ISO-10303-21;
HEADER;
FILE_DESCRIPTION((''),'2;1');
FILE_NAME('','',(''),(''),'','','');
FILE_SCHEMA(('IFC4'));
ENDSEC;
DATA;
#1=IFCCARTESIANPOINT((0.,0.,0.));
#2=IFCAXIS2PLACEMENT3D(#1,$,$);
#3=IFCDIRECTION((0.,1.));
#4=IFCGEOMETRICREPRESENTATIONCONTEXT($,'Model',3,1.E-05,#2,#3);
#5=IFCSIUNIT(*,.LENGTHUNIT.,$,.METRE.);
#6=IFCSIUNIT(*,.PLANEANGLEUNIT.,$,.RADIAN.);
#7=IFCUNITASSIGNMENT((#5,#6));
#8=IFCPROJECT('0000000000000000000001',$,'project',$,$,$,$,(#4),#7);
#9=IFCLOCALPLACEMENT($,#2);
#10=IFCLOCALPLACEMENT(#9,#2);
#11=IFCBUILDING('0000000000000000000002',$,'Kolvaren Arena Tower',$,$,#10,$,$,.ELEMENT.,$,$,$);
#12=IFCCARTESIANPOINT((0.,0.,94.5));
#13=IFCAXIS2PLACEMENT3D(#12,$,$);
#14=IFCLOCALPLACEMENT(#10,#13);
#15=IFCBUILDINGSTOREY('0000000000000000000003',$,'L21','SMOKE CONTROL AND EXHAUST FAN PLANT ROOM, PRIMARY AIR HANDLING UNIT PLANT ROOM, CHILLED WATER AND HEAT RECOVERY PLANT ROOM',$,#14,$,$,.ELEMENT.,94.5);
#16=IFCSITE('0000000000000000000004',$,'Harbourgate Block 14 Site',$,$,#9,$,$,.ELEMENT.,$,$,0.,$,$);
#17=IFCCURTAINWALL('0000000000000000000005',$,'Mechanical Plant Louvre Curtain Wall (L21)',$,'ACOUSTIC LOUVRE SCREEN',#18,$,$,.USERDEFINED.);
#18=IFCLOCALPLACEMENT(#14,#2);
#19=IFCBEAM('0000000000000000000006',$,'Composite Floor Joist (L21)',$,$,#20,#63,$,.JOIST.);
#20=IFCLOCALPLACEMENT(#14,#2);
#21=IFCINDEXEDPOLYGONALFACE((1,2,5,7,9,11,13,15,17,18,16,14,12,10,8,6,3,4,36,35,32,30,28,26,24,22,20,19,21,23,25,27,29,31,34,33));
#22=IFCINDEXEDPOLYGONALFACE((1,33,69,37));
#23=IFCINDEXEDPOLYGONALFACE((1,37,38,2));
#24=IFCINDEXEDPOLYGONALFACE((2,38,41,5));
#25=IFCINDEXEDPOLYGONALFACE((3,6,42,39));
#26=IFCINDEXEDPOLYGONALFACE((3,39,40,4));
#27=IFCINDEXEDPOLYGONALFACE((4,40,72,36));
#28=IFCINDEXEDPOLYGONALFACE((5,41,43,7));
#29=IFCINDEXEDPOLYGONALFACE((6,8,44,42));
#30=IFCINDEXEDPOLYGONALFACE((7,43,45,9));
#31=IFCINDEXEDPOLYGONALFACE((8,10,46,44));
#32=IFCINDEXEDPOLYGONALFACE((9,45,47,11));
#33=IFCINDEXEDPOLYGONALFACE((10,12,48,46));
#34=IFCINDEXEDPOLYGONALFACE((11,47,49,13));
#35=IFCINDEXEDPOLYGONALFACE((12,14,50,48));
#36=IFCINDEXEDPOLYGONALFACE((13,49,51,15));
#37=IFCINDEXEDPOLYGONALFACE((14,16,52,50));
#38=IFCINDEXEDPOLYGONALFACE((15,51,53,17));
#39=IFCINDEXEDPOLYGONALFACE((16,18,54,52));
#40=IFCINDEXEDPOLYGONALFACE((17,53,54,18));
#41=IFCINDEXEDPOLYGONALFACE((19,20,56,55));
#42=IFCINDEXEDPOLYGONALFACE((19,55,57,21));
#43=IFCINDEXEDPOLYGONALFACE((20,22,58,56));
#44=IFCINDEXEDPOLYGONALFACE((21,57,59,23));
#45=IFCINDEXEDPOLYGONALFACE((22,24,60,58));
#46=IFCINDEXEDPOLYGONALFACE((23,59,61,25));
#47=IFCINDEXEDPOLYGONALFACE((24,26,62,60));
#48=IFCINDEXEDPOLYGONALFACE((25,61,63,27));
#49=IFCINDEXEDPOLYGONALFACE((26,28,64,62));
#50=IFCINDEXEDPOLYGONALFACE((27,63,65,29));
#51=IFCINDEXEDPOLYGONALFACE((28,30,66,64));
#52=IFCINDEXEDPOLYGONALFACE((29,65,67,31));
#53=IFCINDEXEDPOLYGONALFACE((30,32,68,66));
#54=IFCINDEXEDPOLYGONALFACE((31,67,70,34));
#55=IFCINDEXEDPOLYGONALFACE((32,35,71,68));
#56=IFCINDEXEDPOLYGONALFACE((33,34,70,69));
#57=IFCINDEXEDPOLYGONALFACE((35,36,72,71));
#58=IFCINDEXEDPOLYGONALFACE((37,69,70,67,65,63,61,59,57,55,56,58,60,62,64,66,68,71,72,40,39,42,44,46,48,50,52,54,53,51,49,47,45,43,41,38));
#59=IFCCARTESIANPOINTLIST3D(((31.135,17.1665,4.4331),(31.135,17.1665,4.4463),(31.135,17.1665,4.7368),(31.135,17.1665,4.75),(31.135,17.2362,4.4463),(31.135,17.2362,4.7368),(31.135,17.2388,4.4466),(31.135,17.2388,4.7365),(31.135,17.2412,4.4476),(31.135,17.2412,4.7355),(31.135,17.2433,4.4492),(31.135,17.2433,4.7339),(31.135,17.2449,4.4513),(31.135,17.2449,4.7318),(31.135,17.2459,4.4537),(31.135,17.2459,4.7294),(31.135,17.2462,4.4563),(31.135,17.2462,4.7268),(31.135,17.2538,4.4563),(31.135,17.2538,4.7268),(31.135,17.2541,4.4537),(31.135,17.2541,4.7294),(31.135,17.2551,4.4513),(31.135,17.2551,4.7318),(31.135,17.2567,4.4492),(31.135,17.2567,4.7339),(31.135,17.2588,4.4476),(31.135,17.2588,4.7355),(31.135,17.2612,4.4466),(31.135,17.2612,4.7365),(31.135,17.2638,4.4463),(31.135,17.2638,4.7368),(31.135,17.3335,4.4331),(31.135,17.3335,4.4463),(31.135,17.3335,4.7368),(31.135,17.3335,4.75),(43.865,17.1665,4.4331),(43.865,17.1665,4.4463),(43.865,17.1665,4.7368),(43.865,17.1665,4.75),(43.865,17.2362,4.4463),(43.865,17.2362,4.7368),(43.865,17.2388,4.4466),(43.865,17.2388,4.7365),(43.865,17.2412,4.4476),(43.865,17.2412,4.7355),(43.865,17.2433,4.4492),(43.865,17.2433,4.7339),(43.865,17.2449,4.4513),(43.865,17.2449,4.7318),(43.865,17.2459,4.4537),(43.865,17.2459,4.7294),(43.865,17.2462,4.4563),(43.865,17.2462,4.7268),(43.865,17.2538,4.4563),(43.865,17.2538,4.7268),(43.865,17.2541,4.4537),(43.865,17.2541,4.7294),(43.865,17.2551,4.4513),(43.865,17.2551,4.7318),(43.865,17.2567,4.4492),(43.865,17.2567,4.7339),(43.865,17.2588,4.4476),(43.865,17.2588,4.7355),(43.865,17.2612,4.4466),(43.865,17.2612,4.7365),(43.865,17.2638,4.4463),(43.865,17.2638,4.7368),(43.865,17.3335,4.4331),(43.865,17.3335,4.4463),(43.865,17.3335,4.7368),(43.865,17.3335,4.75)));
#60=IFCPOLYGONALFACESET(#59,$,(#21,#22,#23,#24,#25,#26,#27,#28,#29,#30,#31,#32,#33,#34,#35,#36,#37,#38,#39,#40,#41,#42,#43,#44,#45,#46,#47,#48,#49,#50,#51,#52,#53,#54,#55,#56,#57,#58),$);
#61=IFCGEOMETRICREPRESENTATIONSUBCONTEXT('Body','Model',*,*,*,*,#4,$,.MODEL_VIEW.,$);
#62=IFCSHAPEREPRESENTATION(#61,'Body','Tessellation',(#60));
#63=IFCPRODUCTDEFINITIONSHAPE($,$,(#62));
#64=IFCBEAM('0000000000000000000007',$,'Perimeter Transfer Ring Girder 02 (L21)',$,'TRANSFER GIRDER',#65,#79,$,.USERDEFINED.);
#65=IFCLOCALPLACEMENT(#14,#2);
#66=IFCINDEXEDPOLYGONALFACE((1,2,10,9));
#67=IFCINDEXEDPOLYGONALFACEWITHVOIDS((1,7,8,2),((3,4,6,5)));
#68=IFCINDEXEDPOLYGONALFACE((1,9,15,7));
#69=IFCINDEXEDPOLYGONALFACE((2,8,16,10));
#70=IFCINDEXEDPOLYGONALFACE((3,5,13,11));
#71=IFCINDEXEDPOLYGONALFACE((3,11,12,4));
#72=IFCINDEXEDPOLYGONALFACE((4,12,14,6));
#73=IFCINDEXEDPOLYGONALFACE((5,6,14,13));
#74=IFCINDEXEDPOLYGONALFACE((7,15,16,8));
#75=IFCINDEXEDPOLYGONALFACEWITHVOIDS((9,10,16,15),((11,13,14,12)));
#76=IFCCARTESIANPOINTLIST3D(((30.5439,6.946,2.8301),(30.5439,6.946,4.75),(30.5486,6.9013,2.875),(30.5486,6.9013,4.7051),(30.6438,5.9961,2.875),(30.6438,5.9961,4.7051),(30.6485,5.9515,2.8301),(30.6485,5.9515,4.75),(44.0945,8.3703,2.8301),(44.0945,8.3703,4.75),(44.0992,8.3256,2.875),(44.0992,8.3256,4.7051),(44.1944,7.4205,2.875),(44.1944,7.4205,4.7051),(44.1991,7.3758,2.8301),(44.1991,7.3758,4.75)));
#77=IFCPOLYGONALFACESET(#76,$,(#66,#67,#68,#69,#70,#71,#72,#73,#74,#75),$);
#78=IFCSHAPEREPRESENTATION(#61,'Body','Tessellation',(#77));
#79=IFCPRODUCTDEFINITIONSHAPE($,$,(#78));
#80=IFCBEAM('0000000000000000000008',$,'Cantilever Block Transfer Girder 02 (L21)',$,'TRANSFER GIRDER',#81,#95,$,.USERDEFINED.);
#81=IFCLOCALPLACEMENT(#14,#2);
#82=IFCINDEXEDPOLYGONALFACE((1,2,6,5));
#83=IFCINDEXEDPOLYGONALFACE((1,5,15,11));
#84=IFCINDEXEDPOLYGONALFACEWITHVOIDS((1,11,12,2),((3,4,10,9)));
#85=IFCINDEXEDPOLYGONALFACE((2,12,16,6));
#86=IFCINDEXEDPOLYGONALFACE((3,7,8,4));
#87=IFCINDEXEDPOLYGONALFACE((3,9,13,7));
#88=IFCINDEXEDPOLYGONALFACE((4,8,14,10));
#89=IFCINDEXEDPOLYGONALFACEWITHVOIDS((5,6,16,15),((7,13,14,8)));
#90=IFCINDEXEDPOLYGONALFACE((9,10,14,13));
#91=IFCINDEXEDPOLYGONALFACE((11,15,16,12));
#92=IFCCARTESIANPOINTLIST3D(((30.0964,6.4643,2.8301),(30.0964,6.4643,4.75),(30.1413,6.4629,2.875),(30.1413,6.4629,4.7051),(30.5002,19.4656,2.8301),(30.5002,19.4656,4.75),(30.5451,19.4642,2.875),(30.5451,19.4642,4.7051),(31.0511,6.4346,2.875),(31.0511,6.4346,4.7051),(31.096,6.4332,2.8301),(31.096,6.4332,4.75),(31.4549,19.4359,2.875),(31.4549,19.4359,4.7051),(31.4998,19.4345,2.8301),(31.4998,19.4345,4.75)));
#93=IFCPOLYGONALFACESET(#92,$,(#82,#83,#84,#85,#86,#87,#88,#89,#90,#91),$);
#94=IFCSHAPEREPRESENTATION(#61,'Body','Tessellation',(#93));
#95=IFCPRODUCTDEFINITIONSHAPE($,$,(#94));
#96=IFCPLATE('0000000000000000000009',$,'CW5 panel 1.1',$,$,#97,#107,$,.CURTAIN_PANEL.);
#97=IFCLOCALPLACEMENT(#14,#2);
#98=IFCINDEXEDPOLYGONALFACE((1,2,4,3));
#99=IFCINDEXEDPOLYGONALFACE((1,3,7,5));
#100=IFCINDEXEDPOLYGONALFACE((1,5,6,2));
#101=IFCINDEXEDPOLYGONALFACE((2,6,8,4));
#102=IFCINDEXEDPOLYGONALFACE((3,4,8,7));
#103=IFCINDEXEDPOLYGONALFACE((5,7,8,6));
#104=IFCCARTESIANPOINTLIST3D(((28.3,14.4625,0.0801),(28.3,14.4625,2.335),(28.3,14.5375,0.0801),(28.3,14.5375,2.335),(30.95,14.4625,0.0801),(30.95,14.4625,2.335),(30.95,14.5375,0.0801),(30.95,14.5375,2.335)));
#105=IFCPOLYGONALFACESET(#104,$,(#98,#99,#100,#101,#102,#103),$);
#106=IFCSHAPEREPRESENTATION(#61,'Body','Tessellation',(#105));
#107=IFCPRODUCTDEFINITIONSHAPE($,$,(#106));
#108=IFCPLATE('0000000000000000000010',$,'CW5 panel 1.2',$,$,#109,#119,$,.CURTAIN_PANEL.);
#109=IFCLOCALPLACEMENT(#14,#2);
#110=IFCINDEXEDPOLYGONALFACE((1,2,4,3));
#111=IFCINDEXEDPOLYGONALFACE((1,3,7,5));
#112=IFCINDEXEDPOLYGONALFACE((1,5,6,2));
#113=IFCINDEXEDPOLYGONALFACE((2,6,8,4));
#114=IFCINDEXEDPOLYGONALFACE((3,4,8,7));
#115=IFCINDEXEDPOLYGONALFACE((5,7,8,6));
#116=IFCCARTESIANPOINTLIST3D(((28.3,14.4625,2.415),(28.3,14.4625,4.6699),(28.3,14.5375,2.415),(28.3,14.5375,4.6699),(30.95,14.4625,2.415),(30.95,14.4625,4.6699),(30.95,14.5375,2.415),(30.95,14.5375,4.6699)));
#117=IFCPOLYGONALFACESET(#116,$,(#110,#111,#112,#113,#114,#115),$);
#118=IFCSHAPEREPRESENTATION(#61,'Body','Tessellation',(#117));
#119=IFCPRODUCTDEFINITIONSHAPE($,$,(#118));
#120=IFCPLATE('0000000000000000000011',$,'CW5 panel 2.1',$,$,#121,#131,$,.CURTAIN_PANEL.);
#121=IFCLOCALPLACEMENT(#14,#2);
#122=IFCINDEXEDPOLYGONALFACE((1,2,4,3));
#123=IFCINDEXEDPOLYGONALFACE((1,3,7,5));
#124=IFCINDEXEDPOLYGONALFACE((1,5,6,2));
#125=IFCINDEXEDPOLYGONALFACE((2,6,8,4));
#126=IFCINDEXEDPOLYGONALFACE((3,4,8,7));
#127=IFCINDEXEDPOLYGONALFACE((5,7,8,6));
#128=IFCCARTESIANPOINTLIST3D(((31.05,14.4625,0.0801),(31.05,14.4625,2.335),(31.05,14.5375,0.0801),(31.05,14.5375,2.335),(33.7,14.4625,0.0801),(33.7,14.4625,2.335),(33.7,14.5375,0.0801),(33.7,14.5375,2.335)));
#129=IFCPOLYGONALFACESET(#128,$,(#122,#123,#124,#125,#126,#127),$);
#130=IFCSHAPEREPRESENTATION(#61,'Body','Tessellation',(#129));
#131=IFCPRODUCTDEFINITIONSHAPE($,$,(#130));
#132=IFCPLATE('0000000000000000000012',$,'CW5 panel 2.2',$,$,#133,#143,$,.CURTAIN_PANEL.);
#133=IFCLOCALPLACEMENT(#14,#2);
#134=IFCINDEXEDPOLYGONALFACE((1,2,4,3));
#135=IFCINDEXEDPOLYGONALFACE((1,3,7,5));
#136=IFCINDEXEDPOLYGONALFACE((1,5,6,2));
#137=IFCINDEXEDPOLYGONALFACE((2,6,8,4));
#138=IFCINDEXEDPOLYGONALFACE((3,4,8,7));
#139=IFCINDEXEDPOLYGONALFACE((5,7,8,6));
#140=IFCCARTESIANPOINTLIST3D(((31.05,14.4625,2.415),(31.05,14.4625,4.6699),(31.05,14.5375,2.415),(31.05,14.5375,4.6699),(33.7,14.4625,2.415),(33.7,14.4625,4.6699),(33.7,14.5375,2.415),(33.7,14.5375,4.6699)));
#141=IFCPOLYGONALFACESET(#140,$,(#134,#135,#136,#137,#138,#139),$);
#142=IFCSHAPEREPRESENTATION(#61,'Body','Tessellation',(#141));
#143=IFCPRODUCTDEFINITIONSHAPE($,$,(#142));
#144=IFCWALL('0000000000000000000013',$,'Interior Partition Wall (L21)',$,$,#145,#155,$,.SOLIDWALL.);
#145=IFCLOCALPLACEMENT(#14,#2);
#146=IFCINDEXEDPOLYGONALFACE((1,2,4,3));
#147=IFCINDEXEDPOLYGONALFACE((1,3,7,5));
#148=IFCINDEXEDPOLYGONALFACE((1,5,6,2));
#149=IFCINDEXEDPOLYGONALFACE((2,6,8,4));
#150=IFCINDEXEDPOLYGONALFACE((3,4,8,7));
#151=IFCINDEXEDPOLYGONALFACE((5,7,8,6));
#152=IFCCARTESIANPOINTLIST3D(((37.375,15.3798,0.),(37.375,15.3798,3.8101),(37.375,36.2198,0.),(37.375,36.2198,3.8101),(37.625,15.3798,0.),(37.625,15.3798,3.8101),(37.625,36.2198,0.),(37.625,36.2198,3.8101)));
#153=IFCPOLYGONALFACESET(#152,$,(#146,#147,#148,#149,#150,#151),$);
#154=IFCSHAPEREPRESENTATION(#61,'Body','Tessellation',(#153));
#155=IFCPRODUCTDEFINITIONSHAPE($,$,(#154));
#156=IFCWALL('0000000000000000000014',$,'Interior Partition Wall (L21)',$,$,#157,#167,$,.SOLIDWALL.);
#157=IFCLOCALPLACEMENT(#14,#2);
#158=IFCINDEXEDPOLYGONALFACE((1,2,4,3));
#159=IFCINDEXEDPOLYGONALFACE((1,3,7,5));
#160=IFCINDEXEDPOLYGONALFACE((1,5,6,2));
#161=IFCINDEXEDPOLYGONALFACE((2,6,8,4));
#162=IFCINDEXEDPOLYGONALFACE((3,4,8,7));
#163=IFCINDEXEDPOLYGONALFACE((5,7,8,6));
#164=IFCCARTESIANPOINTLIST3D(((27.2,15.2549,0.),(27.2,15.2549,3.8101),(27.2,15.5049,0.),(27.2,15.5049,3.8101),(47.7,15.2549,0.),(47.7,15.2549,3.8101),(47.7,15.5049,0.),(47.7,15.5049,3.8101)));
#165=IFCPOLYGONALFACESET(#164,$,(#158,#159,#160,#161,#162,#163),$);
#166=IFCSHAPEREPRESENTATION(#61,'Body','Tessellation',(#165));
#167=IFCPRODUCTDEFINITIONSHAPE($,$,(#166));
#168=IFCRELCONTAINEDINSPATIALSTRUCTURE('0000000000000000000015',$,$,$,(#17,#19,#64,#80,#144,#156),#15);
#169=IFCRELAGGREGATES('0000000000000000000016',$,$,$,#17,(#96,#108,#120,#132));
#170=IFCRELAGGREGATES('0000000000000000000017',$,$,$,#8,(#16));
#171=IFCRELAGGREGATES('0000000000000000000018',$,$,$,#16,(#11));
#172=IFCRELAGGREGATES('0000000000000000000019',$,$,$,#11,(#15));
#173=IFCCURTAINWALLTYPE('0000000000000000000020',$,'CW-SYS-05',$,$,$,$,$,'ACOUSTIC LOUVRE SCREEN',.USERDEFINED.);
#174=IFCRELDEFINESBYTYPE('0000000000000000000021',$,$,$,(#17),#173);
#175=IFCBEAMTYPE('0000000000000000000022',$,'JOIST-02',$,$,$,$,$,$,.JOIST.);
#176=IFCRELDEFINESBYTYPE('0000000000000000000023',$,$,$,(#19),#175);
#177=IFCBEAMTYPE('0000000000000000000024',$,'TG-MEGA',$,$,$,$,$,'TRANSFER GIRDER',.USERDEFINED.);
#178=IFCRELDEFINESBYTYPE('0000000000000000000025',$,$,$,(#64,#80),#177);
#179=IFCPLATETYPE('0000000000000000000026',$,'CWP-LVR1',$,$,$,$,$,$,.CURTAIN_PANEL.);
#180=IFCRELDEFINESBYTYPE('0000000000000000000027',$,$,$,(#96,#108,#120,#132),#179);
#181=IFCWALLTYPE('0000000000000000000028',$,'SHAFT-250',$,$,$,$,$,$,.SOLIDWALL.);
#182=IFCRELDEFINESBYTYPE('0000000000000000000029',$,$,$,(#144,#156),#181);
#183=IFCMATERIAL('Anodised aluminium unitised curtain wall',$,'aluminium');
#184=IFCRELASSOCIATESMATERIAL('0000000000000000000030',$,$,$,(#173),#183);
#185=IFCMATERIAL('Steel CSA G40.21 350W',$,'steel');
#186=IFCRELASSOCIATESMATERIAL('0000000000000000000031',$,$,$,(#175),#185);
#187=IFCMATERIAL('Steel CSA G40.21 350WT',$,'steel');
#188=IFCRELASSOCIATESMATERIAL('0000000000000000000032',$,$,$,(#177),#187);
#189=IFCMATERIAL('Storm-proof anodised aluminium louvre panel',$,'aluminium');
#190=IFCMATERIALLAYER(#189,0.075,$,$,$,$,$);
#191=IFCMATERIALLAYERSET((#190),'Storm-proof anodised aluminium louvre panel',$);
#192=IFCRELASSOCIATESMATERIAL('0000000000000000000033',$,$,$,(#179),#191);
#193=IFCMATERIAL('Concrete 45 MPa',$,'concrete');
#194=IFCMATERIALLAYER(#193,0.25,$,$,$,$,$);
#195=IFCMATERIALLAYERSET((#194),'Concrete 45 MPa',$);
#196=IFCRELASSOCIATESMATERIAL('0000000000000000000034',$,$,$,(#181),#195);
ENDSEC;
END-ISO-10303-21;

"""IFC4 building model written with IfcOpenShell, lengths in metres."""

from ifc_helpers import new_model, si_unit, direction, frame, frame_2d, origin, origin_2d, place, context, subcontext, project, spatial, rectangle, hollow_rectangle, i_section, extrude, material, layer, layer_set, material_profile, profile_set, type_object, element, aggregate, save


model = new_model("IFC4")

# Units and contexts
model_context = context("Model", 3, precision=1e-05, world=origin(), true_north=direction((0.0, 1.0)))
body_context = subcontext(model_context, "Body", "Model", "MODEL_VIEW")
ifc_project = project(units=[si_unit("LENGTHUNIT", "METRE"), si_unit("PLANEANGLEUNIT", "RADIAN")], contexts=[model_context])

# Site, building, storey
site_placement = place(None, origin())
site = spatial("IfcSite", under=ifc_project, at=site_placement, Name="Harbourgate Block 14 Site", CompositionType="ELEMENT", RefElevation=0.0)
building_placement = place(site_placement, origin())
building = spatial("IfcBuilding", under=site, at=building_placement, Name="Kolvaren Arena Tower", CompositionType="ELEMENT")
storey_placement = place(building_placement, frame((0.0, 0.0, 94.5)))
storey = spatial("IfcBuildingStorey", under=building, at=storey_placement, Name="L21", Description="SMOKE CONTROL AND EXHAUST FAN PLANT ROOM, PRIMARY AIR HANDLING UNIT PLANT ROOM, CHILLED WATER AND HEAT RECOVERY PLANT ROOM", CompositionType="ELEMENT", Elevation=94.5)

# Shared definitions
ifc_material_1 = material(Name="Steel CSA G40.21 350W", Category="steel")

# Curtain wall
ifc_material_2 = material(Name="Anodised aluminium unitised curtain wall", Category="aluminium")
curtain_wall_type = type_object("IfcCurtainWallType", Name="CW-SYS-05", ElementType="ACOUSTIC LOUVRE SCREEN", PredefinedType="USERDEFINED", material=ifc_material_2)
curtain_wall_placement = place(storey_placement, origin())
curtain_wall = element("IfcCurtainWall", 1, at=curtain_wall_placement, inside=storey, type_object=curtain_wall_type, Name="Mechanical Plant Louvre Curtain Wall (L21)", ObjectType="ACOUSTIC LOUVRE SCREEN", PredefinedType="USERDEFINED")

# Beams
ifc_material_profile_1 = material_profile(ifc_material_1, i_section(OverallWidth=0.167, OverallDepth=0.3169, WebThickness=0.0076, FlangeThickness=0.0132, FilletRadius=0.01, at=origin_2d()), Name="W310x52")
ifc_profile_set_1 = profile_set([ifc_material_profile_1], Name="Steel CSA G40.21 350W")
beam_type_1 = type_object("IfcBeamType", Name="JOIST-02", PredefinedType="JOIST", material=ifc_profile_set_1)
beam_1_placement = place(storey_placement, frame((31.135, 17.25, 4.5916), z_axis=(1.0, 0.0, 0.0), x_axis=(0.0, 1.0, 0.0)))
element("IfcBeam", 2, at=beam_1_placement, inside=storey, type_object=beam_type_1, Name="Composite Floor Joist (L21)", PredefinedType="JOIST", context=body_context, shape_type="SweptSolid", body=[
    extrude(i_section(OverallWidth=0.167, OverallDepth=0.3169, WebThickness=0.0076, FlangeThickness=0.0132, FilletRadius=0.01, at=origin_2d()), origin(), (0.0, 0.0, 1.0), 12.73),
])
ifc_material_3 = material(Name="Steel CSA G40.21 350WT", Category="steel")
ifc_material_profile_2 = material_profile(ifc_material_3, hollow_rectangle(XDim=1.0, YDim=1.9199, WallThickness=0.0449, at=origin_2d()), Name="BOX 1000x1920x45")
ifc_profile_set_2 = profile_set([ifc_material_profile_2], Name="Steel CSA G40.21 350WT")
beam_type_2 = type_object("IfcBeamType", Name="TG-MEGA", ElementType="TRANSFER GIRDER", PredefinedType="USERDEFINED", material=ifc_profile_set_2)
beam_2_placement = place(storey_placement, frame((30.5962, 6.4487, 3.79), z_axis=(0.994521, 0.104536, 0.0), x_axis=(-0.104536, 0.994521, 0.0)))
element("IfcBeam", 3, at=beam_2_placement, inside=storey, type_object=beam_type_2, Name="Perimeter Transfer Ring Girder 02 (L21)", ObjectType="TRANSFER GIRDER", PredefinedType="USERDEFINED", context=body_context, shape_type="SweptSolid", body=[
    extrude(hollow_rectangle(XDim=1.0, YDim=1.9199, WallThickness=0.0449, at=origin_2d()), origin(), (0.0, 0.0, 1.0), 13.6252),
])
beam_3_placement = place(storey_placement, frame((30.5962, 6.4487, 3.79), z_axis=(0.031044, 0.999518, 0.0), x_axis=(-0.999518, 0.031044, 0.0)))
element("IfcBeam", 4, at=beam_3_placement, inside=storey, type_object=beam_type_2, Name="Cantilever Block Transfer Girder 02 (L21)", ObjectType="TRANSFER GIRDER", PredefinedType="USERDEFINED", context=body_context, shape_type="SweptSolid", body=[
    extrude(hollow_rectangle(XDim=1.0, YDim=1.9199, WallThickness=0.0449, at=origin_2d()), origin(), (0.0, 0.0, 1.0), 13.0076),
])

# Plates
ifc_material_4 = material(Name="Storm-proof anodised aluminium louvre panel", Category="aluminium")
ifc_layer_1 = layer(ifc_material_4, 0.075)
ifc_layer_set_1 = layer_set([ifc_layer_1], Name="Storm-proof anodised aluminium louvre panel")
plate_type = type_object("IfcPlateType", Name="CWP-LVR1", PredefinedType="CURTAIN_PANEL", material=ifc_layer_set_1)
plate_1_placement = place(storey_placement, frame((29.625, 14.5, 0.0801), z_axis=(0.0, 0.0, 1.0), x_axis=(1.0, 0.0, 0.0)))
plate_1 = element("IfcPlate", 5, at=plate_1_placement, type_object=plate_type, Name="CW5 panel 1.1", PredefinedType="CURTAIN_PANEL", context=body_context, shape_type="SweptSolid", body=[
    extrude(rectangle(XDim=2.6499, YDim=0.075, at=origin_2d()), origin(), (0.0, 0.0, 1.0), 2.2549),
])
plate_2_placement = place(storey_placement, frame((29.625, 14.5, 2.415), z_axis=(0.0, 0.0, 1.0), x_axis=(1.0, 0.0, 0.0)))
plate_2 = element("IfcPlate", 6, at=plate_2_placement, type_object=plate_type, Name="CW5 panel 1.2", PredefinedType="CURTAIN_PANEL", context=body_context, shape_type="SweptSolid", body=[
    extrude(rectangle(XDim=2.6499, YDim=0.075, at=origin_2d()), origin(), (0.0, 0.0, 1.0), 2.2549),
])
plate_3_placement = place(storey_placement, frame((32.375, 14.5, 0.0801), z_axis=(0.0, 0.0, 1.0), x_axis=(1.0, 0.0, 0.0)))
plate_3 = element("IfcPlate", 7, at=plate_3_placement, type_object=plate_type, Name="CW5 panel 2.1", PredefinedType="CURTAIN_PANEL", context=body_context, shape_type="SweptSolid", body=[
    extrude(rectangle(XDim=2.6499, YDim=0.075, at=origin_2d()), origin(), (0.0, 0.0, 1.0), 2.2549),
])
plate_4_placement = place(storey_placement, frame((32.375, 14.5, 2.415), z_axis=(0.0, 0.0, 1.0), x_axis=(1.0, 0.0, 0.0)))
plate_4 = element("IfcPlate", 8, at=plate_4_placement, type_object=plate_type, Name="CW5 panel 2.2", PredefinedType="CURTAIN_PANEL", context=body_context, shape_type="SweptSolid", body=[
    extrude(rectangle(XDim=2.6499, YDim=0.075, at=origin_2d()), origin(), (0.0, 0.0, 1.0), 2.2549),
])
aggregate(curtain_wall, [plate_1, plate_2, plate_3, plate_4])

# Walls
ifc_material_5 = material(Name="Concrete 45 MPa", Category="concrete")
ifc_layer_2 = layer(ifc_material_5, 0.25)
ifc_layer_set_2 = layer_set([ifc_layer_2], Name="Concrete 45 MPa")
wall_type_1 = type_object("IfcWallType", Name="SHAFT-250", PredefinedType="SOLIDWALL", material=ifc_layer_set_2)
wall_1_placement = place(storey_placement, frame((37.5, 15.3799, 0.0), z_axis=(0.0, 0.0, 1.0), x_axis=(0.0, 1.0, 0.0)))
element("IfcWall", 9, at=wall_1_placement, inside=storey, type_object=wall_type_1, Name="Interior Partition Wall (L21)", PredefinedType="SOLIDWALL", context=body_context, shape_type="SweptSolid", body=[
    extrude(rectangle(XDim=20.8401, YDim=0.25, at=frame_2d((10.4199, 0.0))), origin(), (0.0, 0.0, 1.0), 3.8101),
])
wall_2_placement = place(storey_placement, frame((27.2, 15.3799, 0.0), z_axis=(0.0, 0.0, 1.0), x_axis=(1.0, 0.0, 0.0)))
element("IfcWall", 10, at=wall_2_placement, inside=storey, type_object=wall_type_1, Name="Interior Partition Wall (L21)", PredefinedType="SOLIDWALL", context=body_context, shape_type="SweptSolid", body=[
    extrude(rectangle(XDim=20.5, YDim=0.25, at=frame_2d((10.25, 0.0))), origin(), (0.0, 0.0, 1.0), 3.8101),
])

save(model, "model.ifc")
